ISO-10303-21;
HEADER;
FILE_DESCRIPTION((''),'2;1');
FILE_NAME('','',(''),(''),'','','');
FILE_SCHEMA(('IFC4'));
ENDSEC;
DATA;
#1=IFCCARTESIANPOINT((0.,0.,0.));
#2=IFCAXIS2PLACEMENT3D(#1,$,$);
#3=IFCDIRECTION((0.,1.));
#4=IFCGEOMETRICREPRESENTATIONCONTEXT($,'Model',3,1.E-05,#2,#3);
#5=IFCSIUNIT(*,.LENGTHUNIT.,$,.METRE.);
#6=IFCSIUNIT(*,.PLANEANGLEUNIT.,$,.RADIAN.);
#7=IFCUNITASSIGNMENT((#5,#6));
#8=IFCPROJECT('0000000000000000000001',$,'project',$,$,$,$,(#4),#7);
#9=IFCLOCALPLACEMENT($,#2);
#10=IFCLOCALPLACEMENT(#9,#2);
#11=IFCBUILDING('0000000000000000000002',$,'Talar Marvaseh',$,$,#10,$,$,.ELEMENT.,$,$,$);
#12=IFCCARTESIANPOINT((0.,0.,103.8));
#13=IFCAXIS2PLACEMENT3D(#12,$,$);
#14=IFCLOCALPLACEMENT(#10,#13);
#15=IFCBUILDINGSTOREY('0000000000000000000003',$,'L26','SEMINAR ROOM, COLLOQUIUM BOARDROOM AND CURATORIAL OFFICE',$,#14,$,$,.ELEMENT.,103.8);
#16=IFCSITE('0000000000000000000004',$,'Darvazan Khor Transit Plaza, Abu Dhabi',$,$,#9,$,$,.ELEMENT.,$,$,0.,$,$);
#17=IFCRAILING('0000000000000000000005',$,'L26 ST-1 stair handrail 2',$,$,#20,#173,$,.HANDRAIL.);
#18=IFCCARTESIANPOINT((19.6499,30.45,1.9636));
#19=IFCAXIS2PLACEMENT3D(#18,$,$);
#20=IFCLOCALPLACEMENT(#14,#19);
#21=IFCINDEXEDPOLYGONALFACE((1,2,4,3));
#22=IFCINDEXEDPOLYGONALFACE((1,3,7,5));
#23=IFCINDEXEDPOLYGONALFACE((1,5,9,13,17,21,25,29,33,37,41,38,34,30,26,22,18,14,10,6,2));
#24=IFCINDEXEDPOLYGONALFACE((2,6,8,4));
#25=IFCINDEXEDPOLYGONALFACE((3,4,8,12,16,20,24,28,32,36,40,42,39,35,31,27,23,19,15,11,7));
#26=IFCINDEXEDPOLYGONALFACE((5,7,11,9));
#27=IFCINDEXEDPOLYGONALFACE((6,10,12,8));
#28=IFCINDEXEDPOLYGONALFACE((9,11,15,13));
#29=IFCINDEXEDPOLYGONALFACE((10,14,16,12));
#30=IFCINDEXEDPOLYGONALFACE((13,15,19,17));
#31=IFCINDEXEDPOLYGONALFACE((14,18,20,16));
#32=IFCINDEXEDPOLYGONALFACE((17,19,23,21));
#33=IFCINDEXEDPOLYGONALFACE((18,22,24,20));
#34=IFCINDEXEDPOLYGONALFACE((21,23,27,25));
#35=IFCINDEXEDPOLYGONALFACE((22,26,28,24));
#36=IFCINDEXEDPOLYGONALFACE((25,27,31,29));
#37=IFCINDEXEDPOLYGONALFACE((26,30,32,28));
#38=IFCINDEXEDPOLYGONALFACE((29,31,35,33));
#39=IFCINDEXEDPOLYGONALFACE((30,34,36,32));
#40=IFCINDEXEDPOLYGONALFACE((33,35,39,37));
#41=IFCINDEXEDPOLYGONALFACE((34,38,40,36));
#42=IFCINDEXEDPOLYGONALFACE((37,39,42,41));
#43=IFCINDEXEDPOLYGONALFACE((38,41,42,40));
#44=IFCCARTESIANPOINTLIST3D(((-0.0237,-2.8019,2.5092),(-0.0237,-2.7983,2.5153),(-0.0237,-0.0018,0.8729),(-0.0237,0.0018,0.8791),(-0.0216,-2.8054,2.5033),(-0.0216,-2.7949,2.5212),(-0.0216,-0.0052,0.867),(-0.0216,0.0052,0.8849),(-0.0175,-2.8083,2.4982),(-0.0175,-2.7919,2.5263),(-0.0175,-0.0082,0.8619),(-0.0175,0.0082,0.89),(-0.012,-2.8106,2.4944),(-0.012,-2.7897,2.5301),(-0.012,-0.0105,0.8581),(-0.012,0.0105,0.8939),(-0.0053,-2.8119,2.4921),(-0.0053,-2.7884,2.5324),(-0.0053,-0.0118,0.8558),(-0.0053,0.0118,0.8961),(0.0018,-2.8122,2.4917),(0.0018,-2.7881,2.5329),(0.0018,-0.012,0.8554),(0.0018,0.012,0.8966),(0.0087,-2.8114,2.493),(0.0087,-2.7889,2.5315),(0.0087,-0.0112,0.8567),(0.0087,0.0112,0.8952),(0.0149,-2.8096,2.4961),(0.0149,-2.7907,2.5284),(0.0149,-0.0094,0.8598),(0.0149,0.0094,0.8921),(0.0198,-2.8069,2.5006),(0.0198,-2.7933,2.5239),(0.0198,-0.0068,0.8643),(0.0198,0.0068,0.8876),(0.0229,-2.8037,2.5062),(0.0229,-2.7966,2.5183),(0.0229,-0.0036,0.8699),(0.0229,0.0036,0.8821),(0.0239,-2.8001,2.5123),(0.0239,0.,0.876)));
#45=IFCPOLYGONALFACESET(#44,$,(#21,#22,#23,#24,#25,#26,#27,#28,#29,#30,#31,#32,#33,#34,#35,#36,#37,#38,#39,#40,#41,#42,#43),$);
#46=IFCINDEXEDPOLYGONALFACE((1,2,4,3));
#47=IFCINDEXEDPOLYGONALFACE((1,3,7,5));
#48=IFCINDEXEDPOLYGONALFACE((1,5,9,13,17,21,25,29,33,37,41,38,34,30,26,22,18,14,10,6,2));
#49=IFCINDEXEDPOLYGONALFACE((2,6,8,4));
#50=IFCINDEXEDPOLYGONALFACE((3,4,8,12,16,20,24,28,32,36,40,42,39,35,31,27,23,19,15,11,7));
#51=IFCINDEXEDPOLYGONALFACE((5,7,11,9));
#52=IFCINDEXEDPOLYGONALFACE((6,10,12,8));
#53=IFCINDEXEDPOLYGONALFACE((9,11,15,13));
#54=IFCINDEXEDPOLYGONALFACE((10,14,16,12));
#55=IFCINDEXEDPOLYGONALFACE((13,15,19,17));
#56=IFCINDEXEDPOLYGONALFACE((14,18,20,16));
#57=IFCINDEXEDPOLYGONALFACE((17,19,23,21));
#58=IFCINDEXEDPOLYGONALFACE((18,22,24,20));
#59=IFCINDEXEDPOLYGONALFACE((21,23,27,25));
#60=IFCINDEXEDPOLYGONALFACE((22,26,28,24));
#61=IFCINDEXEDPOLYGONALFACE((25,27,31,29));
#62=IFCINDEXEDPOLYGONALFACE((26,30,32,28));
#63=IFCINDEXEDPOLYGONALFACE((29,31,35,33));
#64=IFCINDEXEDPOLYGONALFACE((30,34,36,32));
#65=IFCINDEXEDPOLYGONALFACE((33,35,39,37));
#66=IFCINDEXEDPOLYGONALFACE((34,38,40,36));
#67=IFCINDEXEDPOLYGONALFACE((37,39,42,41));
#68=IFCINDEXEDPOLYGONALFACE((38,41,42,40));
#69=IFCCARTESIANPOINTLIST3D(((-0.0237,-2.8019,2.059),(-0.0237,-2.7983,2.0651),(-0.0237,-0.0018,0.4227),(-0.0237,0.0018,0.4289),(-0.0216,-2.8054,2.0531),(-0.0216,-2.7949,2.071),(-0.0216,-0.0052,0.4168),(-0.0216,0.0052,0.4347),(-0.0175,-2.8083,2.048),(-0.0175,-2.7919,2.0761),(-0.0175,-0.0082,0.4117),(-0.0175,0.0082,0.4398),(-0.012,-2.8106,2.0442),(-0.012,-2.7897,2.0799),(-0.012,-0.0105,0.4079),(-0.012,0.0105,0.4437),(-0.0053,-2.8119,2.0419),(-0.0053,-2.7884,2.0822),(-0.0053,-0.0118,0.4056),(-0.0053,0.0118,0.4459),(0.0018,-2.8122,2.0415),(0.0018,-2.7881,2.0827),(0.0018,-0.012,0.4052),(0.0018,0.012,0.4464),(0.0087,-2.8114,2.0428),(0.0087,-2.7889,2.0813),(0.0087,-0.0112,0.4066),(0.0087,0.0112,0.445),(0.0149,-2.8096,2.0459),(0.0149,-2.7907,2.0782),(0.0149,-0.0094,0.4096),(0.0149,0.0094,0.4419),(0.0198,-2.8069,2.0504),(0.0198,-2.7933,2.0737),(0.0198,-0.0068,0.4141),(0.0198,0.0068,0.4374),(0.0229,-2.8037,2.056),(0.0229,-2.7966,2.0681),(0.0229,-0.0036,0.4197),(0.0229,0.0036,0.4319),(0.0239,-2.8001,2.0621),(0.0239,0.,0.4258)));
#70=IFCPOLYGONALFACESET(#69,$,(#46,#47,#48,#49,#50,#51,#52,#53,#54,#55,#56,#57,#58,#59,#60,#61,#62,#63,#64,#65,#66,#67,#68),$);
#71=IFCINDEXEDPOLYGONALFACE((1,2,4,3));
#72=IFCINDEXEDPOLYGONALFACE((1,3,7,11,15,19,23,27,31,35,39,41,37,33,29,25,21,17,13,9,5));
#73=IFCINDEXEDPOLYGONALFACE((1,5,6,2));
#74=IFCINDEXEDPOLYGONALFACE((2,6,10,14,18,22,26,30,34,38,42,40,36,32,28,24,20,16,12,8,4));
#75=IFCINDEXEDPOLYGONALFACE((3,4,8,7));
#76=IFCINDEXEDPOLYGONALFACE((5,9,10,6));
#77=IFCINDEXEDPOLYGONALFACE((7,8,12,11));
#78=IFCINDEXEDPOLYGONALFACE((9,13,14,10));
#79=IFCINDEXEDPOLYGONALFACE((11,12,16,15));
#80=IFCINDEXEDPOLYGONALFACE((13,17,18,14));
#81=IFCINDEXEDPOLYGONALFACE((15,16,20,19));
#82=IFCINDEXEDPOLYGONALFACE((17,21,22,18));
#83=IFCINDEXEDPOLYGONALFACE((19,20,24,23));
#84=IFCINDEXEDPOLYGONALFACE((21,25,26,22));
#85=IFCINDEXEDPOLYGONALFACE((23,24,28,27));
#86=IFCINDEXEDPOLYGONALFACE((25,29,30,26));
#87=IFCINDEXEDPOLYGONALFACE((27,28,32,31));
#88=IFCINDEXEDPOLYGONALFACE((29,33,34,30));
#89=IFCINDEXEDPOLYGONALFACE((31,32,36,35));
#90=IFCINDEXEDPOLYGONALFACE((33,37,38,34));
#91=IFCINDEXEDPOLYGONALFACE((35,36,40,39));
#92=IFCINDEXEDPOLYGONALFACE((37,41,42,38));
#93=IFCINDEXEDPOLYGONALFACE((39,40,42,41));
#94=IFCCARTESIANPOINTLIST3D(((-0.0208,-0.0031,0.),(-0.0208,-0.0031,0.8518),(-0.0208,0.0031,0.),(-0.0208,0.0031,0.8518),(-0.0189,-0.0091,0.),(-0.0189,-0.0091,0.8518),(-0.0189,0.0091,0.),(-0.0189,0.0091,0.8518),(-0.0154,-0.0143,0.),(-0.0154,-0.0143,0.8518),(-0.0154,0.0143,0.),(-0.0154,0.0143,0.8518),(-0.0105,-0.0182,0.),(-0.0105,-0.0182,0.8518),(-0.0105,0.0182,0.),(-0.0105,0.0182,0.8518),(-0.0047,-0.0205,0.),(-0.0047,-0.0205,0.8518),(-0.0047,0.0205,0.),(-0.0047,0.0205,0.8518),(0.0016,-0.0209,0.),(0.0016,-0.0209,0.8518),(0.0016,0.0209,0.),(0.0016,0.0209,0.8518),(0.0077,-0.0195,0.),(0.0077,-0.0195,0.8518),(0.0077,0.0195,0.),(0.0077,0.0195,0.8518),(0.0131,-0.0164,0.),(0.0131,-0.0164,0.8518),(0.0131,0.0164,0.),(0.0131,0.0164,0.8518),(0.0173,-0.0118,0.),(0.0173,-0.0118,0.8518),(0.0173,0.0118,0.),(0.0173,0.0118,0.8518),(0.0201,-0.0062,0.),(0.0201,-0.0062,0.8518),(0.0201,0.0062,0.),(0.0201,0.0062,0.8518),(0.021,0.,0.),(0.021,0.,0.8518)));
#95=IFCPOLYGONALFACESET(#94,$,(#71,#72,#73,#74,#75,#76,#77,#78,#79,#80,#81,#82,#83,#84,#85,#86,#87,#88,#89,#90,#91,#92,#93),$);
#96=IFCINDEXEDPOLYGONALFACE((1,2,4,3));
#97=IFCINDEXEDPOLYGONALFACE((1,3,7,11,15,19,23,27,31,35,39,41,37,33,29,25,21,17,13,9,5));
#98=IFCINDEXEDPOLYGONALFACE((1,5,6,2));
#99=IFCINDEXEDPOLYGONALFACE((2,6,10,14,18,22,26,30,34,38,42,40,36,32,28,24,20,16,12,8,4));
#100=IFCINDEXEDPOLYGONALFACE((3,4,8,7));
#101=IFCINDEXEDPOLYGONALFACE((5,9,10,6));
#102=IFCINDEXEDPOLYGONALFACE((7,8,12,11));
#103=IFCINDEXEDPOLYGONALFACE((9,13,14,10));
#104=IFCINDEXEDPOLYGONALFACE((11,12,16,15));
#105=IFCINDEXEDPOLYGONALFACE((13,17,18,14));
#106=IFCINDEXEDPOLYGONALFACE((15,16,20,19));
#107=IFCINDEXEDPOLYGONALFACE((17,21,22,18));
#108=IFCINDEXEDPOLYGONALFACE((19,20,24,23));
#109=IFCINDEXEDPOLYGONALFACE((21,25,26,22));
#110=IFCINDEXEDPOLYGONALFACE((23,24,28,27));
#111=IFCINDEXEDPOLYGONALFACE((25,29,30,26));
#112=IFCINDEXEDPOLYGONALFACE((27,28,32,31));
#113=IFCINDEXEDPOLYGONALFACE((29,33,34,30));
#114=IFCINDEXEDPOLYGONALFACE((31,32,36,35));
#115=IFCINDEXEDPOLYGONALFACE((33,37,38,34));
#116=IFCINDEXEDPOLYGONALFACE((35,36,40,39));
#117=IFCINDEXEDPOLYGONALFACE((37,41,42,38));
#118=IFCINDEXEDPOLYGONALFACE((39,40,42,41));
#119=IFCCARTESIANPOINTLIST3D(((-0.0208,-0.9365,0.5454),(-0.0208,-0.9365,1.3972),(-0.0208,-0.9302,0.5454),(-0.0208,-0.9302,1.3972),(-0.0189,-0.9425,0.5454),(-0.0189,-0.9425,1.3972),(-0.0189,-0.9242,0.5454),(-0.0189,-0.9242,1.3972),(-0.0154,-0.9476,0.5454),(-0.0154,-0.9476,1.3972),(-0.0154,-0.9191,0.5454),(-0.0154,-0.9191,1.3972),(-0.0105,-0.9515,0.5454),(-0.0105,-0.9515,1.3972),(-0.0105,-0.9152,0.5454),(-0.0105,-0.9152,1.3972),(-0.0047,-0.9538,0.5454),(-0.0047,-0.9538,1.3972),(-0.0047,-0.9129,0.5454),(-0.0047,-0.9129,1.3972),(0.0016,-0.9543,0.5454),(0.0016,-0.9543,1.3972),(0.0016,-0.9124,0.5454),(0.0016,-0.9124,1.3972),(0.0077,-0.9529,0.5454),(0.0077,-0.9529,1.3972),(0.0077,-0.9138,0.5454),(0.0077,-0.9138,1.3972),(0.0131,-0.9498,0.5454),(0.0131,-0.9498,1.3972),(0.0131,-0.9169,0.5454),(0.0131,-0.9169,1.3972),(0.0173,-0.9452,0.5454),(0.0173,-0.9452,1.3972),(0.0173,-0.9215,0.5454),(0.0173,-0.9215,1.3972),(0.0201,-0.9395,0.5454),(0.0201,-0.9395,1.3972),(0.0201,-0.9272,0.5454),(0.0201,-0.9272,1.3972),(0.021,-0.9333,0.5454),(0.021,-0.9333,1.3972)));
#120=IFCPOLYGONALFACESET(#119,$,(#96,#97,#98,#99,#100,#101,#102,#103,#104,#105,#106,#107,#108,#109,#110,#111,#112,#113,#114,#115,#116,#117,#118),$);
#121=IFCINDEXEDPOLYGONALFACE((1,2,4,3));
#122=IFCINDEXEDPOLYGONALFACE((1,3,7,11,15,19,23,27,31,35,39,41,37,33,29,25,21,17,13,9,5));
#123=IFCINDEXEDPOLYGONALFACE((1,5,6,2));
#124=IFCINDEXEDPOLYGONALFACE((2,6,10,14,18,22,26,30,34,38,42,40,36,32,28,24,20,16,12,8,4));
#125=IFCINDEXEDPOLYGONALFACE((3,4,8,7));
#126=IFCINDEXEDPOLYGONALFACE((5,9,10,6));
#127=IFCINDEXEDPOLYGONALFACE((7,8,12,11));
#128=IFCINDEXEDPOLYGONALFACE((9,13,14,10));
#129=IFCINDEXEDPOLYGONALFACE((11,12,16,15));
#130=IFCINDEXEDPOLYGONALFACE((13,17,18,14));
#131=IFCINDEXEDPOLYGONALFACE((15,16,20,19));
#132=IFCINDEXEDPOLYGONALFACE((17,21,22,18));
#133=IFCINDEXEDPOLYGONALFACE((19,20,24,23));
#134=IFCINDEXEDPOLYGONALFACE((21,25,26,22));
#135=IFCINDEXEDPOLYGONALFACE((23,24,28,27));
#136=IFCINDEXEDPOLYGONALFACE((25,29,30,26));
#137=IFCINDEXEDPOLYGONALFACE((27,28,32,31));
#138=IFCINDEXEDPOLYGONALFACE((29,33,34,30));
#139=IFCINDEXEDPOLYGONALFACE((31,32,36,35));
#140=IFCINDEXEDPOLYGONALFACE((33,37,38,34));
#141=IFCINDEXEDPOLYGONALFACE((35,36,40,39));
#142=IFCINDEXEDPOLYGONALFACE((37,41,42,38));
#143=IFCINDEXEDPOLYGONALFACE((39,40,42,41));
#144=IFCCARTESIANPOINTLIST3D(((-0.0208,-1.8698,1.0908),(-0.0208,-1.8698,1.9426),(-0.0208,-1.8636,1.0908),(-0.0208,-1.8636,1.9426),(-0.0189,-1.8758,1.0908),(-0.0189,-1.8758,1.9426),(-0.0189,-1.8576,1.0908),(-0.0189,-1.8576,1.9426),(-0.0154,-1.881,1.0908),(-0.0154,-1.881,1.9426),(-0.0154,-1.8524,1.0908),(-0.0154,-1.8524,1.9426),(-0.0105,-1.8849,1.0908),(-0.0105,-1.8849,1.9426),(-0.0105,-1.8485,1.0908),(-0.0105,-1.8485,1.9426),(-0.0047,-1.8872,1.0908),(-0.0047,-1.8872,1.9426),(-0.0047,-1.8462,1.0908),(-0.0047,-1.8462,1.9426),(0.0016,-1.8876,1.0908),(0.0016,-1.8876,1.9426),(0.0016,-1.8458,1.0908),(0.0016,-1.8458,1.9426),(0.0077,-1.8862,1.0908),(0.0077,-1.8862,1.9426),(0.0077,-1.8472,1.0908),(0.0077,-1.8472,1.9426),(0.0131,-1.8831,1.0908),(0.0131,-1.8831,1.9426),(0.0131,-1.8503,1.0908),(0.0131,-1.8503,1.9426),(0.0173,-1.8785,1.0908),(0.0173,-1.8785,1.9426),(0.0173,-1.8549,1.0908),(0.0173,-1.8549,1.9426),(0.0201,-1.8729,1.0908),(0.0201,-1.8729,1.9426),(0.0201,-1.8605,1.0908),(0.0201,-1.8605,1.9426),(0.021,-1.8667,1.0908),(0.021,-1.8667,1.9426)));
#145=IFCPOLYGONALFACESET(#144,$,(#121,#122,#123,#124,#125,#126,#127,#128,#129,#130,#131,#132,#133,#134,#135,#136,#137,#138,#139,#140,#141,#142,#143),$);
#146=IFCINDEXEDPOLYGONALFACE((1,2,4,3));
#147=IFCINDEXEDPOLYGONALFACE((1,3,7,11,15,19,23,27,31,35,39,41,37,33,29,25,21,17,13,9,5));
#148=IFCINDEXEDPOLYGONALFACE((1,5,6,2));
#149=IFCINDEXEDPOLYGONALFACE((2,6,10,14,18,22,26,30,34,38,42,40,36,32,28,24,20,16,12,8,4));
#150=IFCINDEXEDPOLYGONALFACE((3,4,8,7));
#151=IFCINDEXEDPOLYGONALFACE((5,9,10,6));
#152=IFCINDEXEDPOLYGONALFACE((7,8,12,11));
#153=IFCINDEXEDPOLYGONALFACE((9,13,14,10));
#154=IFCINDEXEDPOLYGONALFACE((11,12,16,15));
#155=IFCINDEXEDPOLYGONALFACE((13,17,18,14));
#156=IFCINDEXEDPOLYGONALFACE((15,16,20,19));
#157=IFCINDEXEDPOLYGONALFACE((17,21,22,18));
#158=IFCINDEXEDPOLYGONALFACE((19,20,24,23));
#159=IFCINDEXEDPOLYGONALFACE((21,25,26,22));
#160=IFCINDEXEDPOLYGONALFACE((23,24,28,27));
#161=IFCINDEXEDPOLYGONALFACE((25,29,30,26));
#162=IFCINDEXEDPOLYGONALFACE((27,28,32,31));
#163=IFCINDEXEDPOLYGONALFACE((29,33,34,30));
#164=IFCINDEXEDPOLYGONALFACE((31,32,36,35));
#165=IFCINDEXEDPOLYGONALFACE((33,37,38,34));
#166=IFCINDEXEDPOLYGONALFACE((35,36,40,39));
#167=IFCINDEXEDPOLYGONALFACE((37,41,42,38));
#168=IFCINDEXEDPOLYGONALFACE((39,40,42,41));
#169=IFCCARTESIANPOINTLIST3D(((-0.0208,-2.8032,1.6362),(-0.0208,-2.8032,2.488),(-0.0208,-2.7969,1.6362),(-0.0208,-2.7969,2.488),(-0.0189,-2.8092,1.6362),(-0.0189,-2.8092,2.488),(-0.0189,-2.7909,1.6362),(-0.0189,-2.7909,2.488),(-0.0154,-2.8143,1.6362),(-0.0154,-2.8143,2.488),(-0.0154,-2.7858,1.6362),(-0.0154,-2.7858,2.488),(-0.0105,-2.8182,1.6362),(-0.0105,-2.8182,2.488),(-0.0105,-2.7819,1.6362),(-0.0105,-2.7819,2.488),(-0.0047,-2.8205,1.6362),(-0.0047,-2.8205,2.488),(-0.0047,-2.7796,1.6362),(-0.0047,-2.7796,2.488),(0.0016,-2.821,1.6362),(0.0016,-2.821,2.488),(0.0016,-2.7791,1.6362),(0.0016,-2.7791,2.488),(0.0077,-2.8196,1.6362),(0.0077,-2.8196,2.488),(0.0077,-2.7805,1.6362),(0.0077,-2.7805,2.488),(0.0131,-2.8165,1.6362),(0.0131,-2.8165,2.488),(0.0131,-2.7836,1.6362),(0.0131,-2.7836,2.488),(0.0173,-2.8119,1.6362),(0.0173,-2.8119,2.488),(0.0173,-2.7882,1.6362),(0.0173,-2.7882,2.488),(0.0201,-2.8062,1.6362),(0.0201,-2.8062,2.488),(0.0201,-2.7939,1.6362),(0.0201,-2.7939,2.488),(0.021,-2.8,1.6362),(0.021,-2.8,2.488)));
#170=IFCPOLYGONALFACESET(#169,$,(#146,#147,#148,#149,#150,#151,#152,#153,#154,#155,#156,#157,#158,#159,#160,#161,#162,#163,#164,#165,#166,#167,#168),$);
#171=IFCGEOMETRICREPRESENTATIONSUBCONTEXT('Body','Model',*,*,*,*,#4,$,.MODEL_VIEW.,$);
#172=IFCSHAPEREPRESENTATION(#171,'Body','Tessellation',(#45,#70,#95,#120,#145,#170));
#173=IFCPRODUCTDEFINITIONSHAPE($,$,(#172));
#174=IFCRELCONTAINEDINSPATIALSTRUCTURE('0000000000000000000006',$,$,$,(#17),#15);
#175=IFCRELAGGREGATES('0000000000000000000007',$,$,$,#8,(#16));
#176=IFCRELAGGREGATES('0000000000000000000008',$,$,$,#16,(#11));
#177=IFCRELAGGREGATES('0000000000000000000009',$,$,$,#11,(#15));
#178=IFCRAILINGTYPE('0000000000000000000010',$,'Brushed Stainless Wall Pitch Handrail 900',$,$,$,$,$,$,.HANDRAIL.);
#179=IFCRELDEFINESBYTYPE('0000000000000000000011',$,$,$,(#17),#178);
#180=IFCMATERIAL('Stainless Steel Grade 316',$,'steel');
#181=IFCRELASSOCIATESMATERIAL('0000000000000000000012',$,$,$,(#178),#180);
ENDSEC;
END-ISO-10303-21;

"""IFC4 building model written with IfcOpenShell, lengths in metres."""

from ifc_helpers import new_model, si_unit, direction, frame, origin, origin_2d, place, context, subcontext, project, spatial, circle, extrude, material, type_object, element, save


model = new_model("IFC4")

# Units and contexts
model_context = context("Model", 3, precision=1e-05, world=origin(), true_north=direction((0.0, 1.0)))
body_context = subcontext(model_context, "Body", "Model", "MODEL_VIEW")
ifc_project = project(units=[si_unit("LENGTHUNIT", "METRE"), si_unit("PLANEANGLEUNIT", "RADIAN")], contexts=[model_context])

# Site, building, storey
site_placement = place(None, origin())
site = spatial("IfcSite", under=ifc_project, at=site_placement, Name="Darvazan Khor Transit Plaza, Abu Dhabi", CompositionType="ELEMENT", RefElevation=0.0)
building_placement = place(site_placement, origin())
building = spatial("IfcBuilding", under=site, at=building_placement, Name="Talar Marvaseh", CompositionType="ELEMENT")
storey_placement = place(building_placement, frame((0.0, 0.0, 103.8)))
storey = spatial("IfcBuildingStorey", under=building, at=storey_placement, Name="L26", Description="SEMINAR ROOM, COLLOQUIUM BOARDROOM AND CURATORIAL OFFICE", CompositionType="ELEMENT", Elevation=103.8)

# Railing
ifc_material_1 = material(Name="Stainless Steel Grade 316", Category="steel")
railing_type_1 = type_object("IfcRailingType", Name="Brushed Stainless Wall Pitch Handrail 900", PredefinedType="HANDRAIL", material=ifc_material_1)
railing_1_placement = place(storey_placement, frame((19.6499, 30.45, 1.9636)))
element("IfcRailing", 1, at=railing_1_placement, inside=storey, type_object=railing_type_1, Name="L26 ST-1 stair handrail 2", PredefinedType="HANDRAIL", context=body_context, shape_type="SweptSolid", body=[
    extrude(circle(Radius=0.0239, at=origin_2d()), frame((0.0, 0.0, 0.876), z_axis=(0.0, -0.863394, 0.504531), x_axis=(1.0, 0.0, 0.0)), (0.0, 0.0, 1.0), 3.2432),
    extrude(circle(Radius=0.0239, at=origin_2d()), frame((0.0, 0.0, 0.4258), z_axis=(0.0, -0.863394, 0.504531), x_axis=(1.0, 0.0, 0.0)), (0.0, 0.0, 1.0), 3.2432),
    extrude(circle(Radius=0.021, at=origin_2d()), origin(), (0.0, 0.0, 1.0), 0.8518),
    extrude(circle(Radius=0.021, at=origin_2d()), frame((0.0, -0.9333, 0.5454)), (0.0, 0.0, 1.0), 0.8518),
    extrude(circle(Radius=0.021, at=origin_2d()), frame((0.0, -1.8667, 1.0908)), (0.0, 0.0, 1.0), 0.8518),
    extrude(circle(Radius=0.021, at=origin_2d()), frame((0.0, -2.8, 1.6362)), (0.0, 0.0, 1.0), 0.8518),
])

save(model, "model.ifc")
